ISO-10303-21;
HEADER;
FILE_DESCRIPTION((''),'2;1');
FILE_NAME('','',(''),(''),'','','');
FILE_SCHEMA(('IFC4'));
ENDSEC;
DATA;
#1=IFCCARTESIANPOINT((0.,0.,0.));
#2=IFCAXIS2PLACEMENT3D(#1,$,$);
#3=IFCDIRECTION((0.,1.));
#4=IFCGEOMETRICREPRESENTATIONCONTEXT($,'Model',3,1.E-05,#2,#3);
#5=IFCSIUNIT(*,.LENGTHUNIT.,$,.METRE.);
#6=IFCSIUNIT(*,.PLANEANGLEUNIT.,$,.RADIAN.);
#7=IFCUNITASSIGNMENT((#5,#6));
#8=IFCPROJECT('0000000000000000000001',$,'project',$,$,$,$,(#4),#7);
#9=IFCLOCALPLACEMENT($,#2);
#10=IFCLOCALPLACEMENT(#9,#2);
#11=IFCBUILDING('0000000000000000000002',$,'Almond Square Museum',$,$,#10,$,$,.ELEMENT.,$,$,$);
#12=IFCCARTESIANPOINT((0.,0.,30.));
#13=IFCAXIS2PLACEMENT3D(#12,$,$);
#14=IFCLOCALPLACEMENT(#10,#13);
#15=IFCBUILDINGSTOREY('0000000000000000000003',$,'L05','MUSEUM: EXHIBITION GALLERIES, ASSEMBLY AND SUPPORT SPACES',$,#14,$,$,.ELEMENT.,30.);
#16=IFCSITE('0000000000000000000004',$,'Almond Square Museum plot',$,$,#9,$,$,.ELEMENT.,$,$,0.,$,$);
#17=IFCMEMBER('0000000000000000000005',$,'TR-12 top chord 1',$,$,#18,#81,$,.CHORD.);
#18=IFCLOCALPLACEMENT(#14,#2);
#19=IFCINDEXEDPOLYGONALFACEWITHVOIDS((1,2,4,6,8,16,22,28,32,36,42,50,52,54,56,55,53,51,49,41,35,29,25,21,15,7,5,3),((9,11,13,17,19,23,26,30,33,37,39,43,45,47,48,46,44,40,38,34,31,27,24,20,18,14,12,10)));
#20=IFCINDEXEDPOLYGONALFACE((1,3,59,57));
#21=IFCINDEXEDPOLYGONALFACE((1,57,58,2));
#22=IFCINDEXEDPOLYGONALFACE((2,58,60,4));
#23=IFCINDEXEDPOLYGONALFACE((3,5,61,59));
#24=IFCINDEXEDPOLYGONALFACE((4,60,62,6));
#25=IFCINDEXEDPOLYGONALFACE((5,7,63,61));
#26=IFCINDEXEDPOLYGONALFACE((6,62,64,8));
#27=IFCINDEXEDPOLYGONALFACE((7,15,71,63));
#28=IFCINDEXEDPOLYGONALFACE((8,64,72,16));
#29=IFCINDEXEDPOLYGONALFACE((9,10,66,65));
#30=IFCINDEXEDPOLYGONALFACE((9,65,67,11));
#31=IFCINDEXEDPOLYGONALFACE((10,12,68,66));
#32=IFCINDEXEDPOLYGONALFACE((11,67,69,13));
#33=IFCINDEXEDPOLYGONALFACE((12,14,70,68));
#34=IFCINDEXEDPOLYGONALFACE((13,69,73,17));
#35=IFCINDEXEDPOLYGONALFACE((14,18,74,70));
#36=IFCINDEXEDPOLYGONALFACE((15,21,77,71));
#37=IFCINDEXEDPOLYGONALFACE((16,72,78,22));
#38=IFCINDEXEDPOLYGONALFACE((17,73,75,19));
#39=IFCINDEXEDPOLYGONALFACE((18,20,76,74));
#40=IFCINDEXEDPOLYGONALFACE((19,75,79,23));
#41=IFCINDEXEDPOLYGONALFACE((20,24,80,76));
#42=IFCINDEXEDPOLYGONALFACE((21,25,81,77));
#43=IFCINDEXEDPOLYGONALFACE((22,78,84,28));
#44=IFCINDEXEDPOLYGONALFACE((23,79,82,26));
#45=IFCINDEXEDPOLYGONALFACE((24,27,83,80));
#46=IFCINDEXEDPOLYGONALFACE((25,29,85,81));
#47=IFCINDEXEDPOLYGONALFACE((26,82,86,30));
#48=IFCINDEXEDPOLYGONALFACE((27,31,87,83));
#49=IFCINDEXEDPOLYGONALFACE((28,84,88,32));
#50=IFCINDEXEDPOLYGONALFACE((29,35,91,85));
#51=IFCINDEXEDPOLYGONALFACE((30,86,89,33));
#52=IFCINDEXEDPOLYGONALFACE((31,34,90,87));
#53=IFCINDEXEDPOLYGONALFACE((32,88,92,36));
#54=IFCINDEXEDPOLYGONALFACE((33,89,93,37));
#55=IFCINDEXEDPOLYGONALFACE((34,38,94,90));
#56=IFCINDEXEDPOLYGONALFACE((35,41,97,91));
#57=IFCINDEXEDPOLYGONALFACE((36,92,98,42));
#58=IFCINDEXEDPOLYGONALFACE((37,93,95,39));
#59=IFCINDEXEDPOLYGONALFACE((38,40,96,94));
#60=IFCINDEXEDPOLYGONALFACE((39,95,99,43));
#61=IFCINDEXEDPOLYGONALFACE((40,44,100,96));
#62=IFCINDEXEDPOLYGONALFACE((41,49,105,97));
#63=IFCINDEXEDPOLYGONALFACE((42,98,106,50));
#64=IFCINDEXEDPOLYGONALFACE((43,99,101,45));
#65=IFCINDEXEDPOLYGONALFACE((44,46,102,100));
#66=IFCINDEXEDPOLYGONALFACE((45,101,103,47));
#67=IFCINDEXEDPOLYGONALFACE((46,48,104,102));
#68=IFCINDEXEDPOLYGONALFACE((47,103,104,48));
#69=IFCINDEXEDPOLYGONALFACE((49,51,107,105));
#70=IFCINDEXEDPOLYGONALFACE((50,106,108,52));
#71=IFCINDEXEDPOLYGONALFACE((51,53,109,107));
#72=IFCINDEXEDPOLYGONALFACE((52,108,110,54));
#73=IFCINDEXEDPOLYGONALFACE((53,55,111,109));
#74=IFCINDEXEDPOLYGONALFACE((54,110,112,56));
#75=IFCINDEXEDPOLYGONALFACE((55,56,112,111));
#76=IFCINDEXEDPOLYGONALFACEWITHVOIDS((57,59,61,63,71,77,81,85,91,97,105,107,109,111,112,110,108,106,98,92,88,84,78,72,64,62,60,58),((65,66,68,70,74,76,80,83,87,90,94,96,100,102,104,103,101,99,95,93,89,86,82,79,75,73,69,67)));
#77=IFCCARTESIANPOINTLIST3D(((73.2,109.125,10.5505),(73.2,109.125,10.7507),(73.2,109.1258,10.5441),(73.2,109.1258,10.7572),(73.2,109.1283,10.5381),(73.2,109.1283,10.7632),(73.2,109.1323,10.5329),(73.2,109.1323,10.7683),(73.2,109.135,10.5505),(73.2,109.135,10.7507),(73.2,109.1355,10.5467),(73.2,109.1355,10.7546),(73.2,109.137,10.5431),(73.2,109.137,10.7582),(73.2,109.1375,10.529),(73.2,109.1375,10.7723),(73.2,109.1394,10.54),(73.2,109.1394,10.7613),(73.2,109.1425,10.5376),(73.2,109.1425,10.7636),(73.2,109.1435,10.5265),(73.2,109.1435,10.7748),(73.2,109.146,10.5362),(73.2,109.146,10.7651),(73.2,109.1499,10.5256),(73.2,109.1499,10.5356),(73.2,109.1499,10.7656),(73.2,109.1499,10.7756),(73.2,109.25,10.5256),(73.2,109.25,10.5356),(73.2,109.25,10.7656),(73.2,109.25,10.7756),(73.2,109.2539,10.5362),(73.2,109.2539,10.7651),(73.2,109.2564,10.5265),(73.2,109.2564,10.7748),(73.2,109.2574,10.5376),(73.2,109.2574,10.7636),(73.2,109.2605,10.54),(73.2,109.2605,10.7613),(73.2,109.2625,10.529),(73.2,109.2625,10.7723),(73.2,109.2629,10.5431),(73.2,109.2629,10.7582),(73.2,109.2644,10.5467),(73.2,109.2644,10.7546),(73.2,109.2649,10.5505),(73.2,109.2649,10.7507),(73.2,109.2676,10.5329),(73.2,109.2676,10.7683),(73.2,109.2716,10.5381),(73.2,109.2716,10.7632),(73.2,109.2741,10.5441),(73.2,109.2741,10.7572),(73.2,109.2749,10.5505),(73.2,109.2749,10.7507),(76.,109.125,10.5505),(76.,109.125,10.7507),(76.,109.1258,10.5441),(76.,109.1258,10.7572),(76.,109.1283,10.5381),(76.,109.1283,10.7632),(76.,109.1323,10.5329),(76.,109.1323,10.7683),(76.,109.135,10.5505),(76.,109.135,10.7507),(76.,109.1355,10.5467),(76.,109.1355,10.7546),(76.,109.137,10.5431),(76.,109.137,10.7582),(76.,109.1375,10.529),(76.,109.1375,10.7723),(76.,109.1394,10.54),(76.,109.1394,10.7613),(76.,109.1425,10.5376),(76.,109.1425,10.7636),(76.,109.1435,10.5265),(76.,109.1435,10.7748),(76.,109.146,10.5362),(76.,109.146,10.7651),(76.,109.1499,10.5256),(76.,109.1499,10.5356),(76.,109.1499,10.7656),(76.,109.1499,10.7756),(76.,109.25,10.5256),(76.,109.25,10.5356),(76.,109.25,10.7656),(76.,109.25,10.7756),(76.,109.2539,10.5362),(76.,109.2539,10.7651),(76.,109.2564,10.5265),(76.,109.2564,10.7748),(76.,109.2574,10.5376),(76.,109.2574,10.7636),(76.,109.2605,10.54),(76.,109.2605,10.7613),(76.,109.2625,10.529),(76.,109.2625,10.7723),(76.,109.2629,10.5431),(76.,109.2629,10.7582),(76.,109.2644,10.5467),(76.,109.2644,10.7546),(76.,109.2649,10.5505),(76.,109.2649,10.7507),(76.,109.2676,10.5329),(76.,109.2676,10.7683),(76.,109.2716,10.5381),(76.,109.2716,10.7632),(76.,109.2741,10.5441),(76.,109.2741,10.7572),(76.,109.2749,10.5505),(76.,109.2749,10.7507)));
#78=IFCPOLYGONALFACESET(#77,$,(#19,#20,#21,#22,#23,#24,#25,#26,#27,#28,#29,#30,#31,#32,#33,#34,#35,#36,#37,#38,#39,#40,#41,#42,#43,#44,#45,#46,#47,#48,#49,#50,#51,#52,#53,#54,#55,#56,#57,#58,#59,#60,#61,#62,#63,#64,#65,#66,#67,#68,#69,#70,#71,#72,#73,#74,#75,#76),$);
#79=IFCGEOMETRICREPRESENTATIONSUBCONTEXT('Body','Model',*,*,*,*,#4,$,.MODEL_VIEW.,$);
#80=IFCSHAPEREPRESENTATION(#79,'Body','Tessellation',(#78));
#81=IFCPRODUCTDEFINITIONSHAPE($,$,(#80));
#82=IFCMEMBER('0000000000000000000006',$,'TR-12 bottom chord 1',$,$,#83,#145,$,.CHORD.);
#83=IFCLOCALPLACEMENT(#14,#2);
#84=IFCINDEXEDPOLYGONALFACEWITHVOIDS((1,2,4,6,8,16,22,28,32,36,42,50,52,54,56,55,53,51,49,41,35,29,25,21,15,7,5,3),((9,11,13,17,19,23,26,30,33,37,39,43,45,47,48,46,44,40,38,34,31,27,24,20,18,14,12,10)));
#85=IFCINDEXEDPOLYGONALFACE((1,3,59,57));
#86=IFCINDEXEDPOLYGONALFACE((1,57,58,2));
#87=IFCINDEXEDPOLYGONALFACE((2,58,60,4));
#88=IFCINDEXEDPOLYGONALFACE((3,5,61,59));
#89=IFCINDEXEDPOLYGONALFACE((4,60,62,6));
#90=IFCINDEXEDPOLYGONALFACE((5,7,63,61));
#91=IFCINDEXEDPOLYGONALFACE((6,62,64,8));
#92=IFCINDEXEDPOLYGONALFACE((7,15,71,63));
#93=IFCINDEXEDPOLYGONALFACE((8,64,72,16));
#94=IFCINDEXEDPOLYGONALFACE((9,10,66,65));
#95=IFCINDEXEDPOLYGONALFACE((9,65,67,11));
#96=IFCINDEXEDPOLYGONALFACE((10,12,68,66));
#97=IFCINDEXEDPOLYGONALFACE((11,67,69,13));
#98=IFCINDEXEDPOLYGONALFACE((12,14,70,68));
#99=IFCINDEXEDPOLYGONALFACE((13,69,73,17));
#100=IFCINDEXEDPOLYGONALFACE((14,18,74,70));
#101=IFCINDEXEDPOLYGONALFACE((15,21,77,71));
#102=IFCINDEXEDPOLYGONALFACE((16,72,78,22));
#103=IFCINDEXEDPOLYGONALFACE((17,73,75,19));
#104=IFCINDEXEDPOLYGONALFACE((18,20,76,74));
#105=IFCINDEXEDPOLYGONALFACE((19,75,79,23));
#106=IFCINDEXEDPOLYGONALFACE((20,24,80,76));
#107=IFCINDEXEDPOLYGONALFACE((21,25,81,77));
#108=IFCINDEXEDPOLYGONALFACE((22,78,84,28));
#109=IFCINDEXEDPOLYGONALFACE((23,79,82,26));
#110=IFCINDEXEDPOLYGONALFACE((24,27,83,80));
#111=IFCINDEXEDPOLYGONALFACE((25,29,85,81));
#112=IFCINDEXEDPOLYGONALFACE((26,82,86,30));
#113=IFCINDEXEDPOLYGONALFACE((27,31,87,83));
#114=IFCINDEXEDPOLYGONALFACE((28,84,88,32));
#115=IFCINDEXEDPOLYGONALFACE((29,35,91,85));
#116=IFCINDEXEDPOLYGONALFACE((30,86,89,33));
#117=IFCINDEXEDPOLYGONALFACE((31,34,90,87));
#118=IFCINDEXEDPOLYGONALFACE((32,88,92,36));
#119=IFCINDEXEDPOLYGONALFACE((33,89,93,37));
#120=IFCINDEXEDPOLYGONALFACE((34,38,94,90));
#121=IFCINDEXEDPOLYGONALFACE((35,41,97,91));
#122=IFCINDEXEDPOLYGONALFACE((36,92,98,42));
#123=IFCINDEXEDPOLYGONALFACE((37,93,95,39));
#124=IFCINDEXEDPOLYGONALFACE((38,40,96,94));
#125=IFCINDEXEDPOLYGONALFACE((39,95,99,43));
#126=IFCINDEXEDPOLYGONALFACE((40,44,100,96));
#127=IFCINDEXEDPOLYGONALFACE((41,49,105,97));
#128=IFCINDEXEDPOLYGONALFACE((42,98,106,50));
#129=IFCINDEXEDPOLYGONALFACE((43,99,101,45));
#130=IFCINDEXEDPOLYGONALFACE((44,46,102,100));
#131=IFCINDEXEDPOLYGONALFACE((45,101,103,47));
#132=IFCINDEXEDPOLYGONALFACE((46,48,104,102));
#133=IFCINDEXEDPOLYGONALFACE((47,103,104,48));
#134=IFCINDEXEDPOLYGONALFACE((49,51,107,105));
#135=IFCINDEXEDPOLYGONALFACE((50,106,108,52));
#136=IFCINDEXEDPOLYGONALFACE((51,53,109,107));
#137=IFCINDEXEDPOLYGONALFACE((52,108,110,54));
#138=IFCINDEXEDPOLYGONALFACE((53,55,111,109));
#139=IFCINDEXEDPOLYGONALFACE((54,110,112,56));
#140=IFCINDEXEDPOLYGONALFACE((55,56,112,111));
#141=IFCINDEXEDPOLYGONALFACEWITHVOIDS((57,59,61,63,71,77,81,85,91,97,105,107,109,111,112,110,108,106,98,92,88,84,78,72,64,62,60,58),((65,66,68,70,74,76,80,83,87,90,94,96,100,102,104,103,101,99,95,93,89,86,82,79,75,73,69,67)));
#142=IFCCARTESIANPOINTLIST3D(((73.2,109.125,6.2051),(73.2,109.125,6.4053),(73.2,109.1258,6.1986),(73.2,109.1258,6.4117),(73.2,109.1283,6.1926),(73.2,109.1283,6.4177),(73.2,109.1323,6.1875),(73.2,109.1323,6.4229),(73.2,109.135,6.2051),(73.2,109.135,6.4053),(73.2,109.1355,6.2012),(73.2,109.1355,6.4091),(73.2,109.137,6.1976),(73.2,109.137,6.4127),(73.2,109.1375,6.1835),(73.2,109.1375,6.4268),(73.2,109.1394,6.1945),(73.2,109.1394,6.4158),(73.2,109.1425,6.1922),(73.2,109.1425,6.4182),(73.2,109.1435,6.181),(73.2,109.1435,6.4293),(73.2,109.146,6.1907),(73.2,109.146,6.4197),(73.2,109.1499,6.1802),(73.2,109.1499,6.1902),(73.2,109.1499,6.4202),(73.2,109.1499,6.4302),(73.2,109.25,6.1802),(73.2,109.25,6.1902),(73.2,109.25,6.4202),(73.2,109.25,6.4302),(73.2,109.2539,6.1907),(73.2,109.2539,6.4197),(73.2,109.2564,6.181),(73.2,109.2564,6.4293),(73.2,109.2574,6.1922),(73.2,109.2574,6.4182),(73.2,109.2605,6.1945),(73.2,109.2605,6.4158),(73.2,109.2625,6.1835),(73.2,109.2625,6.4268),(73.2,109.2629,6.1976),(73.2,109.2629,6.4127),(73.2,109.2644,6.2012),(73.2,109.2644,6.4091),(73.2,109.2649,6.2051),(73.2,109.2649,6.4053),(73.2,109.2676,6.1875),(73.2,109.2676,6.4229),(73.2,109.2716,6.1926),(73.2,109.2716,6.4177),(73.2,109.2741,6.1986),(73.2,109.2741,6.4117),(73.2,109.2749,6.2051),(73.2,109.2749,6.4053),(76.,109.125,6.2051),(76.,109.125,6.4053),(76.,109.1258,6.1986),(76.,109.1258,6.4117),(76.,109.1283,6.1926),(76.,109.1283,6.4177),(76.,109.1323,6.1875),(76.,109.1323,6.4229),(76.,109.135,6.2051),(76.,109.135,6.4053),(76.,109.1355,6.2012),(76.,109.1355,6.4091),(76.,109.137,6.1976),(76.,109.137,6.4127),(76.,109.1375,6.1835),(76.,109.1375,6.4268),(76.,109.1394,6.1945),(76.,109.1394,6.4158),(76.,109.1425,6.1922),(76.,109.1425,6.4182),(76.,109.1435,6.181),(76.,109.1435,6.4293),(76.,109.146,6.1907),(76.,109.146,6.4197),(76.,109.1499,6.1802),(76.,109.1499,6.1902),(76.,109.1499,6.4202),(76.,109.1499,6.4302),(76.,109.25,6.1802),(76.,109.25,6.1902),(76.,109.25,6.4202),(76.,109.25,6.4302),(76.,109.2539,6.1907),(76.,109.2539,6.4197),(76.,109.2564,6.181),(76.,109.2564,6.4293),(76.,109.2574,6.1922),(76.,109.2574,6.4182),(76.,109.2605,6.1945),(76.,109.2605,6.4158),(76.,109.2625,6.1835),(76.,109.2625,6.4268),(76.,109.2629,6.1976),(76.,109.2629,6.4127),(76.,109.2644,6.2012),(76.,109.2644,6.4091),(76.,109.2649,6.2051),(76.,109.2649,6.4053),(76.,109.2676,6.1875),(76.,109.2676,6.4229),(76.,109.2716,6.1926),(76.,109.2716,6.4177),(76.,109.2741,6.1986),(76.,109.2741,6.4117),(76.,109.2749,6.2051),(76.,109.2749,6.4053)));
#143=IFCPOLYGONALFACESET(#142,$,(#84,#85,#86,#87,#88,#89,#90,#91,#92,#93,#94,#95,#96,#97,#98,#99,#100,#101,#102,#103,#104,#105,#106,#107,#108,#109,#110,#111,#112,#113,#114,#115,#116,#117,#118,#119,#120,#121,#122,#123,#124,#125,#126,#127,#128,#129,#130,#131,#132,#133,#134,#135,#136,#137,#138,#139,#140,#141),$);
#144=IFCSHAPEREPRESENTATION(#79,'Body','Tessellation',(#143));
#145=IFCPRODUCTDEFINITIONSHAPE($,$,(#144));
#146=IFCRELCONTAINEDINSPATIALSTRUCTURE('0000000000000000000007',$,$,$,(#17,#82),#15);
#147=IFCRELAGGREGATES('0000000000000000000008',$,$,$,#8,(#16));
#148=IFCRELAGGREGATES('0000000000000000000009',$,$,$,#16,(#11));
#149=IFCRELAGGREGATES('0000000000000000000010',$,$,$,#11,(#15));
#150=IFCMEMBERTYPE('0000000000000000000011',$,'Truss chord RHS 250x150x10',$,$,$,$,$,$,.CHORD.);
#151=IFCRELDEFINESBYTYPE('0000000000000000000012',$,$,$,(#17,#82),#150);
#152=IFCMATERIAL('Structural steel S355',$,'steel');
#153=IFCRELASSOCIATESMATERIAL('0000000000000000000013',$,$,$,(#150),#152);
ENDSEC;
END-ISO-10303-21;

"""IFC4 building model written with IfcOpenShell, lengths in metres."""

from ifc_helpers import new_model, si_unit, direction, frame, origin, origin_2d, place, context, subcontext, project, spatial, hollow_rectangle, extrude, material, material_profile, profile_set, type_object, element, save


model = new_model("IFC4")

# Units and contexts
model_context = context("Model", 3, precision=1e-05, world=origin(), true_north=direction((0.0, 1.0)))
body_context = subcontext(model_context, "Body", "Model", "MODEL_VIEW")
ifc_project = project(units=[si_unit("LENGTHUNIT", "METRE"), si_unit("PLANEANGLEUNIT", "RADIAN")], contexts=[model_context])

# Site, building, storey
site_placement = place(None, origin())
site = spatial("IfcSite", under=ifc_project, at=site_placement, Name="Almond Square Museum plot", CompositionType="ELEMENT", RefElevation=0.0)
building_placement = place(site_placement, origin())
building = spatial("IfcBuilding", under=site, at=building_placement, Name="Almond Square Museum", CompositionType="ELEMENT")
storey_placement = place(building_placement, frame((0.0, 0.0, 30.0)))
storey = spatial("IfcBuildingStorey", under=building, at=storey_placement, Name="L05", Description="MUSEUM: EXHIBITION GALLERIES, ASSEMBLY AND SUPPORT SPACES", CompositionType="ELEMENT", Elevation=30.0)

# Members
ifc_material_1 = material(Name="Structural steel S355", Category="steel")
ifc_material_profile_1 = material_profile(ifc_material_1, hollow_rectangle(XDim=0.1499, YDim=0.25, WallThickness=0.01, InnerFilletRadius=0.0149, OuterFilletRadius=0.0249, at=origin_2d()))
ifc_profile_set_1 = profile_set([ifc_material_profile_1], Name="Structural steel S355")
member_type_1 = type_object("IfcMemberType", Name="Truss chord RHS 250x150x10", PredefinedType="CHORD", material=ifc_profile_set_1)
for number, where, z_axis, x_axis, name in (
    (1, (73.2, 109.2, 10.6506), (1.0, 0.0, 0.0), (0.0, 1.0, 0.0), "TR-12 top chord 1"),
    (2, (73.2, 109.2, 6.3052), (1.0, 0.0, 0.0), (0.0, 1.0, 0.0), "TR-12 bottom chord 1"),
):
    element("IfcMember", number, at=place(storey_placement, frame(where, z_axis=z_axis, x_axis=x_axis)), inside=storey, type_object=member_type_1, Name=name, PredefinedType="CHORD", context=body_context, shape_type="SweptSolid", body=[
        extrude(hollow_rectangle(XDim=0.1499, YDim=0.25, WallThickness=0.01, InnerFilletRadius=0.0149, OuterFilletRadius=0.0249, at=origin_2d()), origin(), (0.0, 0.0, 1.0), 2.8),
    ])

save(model, "model.ifc")
